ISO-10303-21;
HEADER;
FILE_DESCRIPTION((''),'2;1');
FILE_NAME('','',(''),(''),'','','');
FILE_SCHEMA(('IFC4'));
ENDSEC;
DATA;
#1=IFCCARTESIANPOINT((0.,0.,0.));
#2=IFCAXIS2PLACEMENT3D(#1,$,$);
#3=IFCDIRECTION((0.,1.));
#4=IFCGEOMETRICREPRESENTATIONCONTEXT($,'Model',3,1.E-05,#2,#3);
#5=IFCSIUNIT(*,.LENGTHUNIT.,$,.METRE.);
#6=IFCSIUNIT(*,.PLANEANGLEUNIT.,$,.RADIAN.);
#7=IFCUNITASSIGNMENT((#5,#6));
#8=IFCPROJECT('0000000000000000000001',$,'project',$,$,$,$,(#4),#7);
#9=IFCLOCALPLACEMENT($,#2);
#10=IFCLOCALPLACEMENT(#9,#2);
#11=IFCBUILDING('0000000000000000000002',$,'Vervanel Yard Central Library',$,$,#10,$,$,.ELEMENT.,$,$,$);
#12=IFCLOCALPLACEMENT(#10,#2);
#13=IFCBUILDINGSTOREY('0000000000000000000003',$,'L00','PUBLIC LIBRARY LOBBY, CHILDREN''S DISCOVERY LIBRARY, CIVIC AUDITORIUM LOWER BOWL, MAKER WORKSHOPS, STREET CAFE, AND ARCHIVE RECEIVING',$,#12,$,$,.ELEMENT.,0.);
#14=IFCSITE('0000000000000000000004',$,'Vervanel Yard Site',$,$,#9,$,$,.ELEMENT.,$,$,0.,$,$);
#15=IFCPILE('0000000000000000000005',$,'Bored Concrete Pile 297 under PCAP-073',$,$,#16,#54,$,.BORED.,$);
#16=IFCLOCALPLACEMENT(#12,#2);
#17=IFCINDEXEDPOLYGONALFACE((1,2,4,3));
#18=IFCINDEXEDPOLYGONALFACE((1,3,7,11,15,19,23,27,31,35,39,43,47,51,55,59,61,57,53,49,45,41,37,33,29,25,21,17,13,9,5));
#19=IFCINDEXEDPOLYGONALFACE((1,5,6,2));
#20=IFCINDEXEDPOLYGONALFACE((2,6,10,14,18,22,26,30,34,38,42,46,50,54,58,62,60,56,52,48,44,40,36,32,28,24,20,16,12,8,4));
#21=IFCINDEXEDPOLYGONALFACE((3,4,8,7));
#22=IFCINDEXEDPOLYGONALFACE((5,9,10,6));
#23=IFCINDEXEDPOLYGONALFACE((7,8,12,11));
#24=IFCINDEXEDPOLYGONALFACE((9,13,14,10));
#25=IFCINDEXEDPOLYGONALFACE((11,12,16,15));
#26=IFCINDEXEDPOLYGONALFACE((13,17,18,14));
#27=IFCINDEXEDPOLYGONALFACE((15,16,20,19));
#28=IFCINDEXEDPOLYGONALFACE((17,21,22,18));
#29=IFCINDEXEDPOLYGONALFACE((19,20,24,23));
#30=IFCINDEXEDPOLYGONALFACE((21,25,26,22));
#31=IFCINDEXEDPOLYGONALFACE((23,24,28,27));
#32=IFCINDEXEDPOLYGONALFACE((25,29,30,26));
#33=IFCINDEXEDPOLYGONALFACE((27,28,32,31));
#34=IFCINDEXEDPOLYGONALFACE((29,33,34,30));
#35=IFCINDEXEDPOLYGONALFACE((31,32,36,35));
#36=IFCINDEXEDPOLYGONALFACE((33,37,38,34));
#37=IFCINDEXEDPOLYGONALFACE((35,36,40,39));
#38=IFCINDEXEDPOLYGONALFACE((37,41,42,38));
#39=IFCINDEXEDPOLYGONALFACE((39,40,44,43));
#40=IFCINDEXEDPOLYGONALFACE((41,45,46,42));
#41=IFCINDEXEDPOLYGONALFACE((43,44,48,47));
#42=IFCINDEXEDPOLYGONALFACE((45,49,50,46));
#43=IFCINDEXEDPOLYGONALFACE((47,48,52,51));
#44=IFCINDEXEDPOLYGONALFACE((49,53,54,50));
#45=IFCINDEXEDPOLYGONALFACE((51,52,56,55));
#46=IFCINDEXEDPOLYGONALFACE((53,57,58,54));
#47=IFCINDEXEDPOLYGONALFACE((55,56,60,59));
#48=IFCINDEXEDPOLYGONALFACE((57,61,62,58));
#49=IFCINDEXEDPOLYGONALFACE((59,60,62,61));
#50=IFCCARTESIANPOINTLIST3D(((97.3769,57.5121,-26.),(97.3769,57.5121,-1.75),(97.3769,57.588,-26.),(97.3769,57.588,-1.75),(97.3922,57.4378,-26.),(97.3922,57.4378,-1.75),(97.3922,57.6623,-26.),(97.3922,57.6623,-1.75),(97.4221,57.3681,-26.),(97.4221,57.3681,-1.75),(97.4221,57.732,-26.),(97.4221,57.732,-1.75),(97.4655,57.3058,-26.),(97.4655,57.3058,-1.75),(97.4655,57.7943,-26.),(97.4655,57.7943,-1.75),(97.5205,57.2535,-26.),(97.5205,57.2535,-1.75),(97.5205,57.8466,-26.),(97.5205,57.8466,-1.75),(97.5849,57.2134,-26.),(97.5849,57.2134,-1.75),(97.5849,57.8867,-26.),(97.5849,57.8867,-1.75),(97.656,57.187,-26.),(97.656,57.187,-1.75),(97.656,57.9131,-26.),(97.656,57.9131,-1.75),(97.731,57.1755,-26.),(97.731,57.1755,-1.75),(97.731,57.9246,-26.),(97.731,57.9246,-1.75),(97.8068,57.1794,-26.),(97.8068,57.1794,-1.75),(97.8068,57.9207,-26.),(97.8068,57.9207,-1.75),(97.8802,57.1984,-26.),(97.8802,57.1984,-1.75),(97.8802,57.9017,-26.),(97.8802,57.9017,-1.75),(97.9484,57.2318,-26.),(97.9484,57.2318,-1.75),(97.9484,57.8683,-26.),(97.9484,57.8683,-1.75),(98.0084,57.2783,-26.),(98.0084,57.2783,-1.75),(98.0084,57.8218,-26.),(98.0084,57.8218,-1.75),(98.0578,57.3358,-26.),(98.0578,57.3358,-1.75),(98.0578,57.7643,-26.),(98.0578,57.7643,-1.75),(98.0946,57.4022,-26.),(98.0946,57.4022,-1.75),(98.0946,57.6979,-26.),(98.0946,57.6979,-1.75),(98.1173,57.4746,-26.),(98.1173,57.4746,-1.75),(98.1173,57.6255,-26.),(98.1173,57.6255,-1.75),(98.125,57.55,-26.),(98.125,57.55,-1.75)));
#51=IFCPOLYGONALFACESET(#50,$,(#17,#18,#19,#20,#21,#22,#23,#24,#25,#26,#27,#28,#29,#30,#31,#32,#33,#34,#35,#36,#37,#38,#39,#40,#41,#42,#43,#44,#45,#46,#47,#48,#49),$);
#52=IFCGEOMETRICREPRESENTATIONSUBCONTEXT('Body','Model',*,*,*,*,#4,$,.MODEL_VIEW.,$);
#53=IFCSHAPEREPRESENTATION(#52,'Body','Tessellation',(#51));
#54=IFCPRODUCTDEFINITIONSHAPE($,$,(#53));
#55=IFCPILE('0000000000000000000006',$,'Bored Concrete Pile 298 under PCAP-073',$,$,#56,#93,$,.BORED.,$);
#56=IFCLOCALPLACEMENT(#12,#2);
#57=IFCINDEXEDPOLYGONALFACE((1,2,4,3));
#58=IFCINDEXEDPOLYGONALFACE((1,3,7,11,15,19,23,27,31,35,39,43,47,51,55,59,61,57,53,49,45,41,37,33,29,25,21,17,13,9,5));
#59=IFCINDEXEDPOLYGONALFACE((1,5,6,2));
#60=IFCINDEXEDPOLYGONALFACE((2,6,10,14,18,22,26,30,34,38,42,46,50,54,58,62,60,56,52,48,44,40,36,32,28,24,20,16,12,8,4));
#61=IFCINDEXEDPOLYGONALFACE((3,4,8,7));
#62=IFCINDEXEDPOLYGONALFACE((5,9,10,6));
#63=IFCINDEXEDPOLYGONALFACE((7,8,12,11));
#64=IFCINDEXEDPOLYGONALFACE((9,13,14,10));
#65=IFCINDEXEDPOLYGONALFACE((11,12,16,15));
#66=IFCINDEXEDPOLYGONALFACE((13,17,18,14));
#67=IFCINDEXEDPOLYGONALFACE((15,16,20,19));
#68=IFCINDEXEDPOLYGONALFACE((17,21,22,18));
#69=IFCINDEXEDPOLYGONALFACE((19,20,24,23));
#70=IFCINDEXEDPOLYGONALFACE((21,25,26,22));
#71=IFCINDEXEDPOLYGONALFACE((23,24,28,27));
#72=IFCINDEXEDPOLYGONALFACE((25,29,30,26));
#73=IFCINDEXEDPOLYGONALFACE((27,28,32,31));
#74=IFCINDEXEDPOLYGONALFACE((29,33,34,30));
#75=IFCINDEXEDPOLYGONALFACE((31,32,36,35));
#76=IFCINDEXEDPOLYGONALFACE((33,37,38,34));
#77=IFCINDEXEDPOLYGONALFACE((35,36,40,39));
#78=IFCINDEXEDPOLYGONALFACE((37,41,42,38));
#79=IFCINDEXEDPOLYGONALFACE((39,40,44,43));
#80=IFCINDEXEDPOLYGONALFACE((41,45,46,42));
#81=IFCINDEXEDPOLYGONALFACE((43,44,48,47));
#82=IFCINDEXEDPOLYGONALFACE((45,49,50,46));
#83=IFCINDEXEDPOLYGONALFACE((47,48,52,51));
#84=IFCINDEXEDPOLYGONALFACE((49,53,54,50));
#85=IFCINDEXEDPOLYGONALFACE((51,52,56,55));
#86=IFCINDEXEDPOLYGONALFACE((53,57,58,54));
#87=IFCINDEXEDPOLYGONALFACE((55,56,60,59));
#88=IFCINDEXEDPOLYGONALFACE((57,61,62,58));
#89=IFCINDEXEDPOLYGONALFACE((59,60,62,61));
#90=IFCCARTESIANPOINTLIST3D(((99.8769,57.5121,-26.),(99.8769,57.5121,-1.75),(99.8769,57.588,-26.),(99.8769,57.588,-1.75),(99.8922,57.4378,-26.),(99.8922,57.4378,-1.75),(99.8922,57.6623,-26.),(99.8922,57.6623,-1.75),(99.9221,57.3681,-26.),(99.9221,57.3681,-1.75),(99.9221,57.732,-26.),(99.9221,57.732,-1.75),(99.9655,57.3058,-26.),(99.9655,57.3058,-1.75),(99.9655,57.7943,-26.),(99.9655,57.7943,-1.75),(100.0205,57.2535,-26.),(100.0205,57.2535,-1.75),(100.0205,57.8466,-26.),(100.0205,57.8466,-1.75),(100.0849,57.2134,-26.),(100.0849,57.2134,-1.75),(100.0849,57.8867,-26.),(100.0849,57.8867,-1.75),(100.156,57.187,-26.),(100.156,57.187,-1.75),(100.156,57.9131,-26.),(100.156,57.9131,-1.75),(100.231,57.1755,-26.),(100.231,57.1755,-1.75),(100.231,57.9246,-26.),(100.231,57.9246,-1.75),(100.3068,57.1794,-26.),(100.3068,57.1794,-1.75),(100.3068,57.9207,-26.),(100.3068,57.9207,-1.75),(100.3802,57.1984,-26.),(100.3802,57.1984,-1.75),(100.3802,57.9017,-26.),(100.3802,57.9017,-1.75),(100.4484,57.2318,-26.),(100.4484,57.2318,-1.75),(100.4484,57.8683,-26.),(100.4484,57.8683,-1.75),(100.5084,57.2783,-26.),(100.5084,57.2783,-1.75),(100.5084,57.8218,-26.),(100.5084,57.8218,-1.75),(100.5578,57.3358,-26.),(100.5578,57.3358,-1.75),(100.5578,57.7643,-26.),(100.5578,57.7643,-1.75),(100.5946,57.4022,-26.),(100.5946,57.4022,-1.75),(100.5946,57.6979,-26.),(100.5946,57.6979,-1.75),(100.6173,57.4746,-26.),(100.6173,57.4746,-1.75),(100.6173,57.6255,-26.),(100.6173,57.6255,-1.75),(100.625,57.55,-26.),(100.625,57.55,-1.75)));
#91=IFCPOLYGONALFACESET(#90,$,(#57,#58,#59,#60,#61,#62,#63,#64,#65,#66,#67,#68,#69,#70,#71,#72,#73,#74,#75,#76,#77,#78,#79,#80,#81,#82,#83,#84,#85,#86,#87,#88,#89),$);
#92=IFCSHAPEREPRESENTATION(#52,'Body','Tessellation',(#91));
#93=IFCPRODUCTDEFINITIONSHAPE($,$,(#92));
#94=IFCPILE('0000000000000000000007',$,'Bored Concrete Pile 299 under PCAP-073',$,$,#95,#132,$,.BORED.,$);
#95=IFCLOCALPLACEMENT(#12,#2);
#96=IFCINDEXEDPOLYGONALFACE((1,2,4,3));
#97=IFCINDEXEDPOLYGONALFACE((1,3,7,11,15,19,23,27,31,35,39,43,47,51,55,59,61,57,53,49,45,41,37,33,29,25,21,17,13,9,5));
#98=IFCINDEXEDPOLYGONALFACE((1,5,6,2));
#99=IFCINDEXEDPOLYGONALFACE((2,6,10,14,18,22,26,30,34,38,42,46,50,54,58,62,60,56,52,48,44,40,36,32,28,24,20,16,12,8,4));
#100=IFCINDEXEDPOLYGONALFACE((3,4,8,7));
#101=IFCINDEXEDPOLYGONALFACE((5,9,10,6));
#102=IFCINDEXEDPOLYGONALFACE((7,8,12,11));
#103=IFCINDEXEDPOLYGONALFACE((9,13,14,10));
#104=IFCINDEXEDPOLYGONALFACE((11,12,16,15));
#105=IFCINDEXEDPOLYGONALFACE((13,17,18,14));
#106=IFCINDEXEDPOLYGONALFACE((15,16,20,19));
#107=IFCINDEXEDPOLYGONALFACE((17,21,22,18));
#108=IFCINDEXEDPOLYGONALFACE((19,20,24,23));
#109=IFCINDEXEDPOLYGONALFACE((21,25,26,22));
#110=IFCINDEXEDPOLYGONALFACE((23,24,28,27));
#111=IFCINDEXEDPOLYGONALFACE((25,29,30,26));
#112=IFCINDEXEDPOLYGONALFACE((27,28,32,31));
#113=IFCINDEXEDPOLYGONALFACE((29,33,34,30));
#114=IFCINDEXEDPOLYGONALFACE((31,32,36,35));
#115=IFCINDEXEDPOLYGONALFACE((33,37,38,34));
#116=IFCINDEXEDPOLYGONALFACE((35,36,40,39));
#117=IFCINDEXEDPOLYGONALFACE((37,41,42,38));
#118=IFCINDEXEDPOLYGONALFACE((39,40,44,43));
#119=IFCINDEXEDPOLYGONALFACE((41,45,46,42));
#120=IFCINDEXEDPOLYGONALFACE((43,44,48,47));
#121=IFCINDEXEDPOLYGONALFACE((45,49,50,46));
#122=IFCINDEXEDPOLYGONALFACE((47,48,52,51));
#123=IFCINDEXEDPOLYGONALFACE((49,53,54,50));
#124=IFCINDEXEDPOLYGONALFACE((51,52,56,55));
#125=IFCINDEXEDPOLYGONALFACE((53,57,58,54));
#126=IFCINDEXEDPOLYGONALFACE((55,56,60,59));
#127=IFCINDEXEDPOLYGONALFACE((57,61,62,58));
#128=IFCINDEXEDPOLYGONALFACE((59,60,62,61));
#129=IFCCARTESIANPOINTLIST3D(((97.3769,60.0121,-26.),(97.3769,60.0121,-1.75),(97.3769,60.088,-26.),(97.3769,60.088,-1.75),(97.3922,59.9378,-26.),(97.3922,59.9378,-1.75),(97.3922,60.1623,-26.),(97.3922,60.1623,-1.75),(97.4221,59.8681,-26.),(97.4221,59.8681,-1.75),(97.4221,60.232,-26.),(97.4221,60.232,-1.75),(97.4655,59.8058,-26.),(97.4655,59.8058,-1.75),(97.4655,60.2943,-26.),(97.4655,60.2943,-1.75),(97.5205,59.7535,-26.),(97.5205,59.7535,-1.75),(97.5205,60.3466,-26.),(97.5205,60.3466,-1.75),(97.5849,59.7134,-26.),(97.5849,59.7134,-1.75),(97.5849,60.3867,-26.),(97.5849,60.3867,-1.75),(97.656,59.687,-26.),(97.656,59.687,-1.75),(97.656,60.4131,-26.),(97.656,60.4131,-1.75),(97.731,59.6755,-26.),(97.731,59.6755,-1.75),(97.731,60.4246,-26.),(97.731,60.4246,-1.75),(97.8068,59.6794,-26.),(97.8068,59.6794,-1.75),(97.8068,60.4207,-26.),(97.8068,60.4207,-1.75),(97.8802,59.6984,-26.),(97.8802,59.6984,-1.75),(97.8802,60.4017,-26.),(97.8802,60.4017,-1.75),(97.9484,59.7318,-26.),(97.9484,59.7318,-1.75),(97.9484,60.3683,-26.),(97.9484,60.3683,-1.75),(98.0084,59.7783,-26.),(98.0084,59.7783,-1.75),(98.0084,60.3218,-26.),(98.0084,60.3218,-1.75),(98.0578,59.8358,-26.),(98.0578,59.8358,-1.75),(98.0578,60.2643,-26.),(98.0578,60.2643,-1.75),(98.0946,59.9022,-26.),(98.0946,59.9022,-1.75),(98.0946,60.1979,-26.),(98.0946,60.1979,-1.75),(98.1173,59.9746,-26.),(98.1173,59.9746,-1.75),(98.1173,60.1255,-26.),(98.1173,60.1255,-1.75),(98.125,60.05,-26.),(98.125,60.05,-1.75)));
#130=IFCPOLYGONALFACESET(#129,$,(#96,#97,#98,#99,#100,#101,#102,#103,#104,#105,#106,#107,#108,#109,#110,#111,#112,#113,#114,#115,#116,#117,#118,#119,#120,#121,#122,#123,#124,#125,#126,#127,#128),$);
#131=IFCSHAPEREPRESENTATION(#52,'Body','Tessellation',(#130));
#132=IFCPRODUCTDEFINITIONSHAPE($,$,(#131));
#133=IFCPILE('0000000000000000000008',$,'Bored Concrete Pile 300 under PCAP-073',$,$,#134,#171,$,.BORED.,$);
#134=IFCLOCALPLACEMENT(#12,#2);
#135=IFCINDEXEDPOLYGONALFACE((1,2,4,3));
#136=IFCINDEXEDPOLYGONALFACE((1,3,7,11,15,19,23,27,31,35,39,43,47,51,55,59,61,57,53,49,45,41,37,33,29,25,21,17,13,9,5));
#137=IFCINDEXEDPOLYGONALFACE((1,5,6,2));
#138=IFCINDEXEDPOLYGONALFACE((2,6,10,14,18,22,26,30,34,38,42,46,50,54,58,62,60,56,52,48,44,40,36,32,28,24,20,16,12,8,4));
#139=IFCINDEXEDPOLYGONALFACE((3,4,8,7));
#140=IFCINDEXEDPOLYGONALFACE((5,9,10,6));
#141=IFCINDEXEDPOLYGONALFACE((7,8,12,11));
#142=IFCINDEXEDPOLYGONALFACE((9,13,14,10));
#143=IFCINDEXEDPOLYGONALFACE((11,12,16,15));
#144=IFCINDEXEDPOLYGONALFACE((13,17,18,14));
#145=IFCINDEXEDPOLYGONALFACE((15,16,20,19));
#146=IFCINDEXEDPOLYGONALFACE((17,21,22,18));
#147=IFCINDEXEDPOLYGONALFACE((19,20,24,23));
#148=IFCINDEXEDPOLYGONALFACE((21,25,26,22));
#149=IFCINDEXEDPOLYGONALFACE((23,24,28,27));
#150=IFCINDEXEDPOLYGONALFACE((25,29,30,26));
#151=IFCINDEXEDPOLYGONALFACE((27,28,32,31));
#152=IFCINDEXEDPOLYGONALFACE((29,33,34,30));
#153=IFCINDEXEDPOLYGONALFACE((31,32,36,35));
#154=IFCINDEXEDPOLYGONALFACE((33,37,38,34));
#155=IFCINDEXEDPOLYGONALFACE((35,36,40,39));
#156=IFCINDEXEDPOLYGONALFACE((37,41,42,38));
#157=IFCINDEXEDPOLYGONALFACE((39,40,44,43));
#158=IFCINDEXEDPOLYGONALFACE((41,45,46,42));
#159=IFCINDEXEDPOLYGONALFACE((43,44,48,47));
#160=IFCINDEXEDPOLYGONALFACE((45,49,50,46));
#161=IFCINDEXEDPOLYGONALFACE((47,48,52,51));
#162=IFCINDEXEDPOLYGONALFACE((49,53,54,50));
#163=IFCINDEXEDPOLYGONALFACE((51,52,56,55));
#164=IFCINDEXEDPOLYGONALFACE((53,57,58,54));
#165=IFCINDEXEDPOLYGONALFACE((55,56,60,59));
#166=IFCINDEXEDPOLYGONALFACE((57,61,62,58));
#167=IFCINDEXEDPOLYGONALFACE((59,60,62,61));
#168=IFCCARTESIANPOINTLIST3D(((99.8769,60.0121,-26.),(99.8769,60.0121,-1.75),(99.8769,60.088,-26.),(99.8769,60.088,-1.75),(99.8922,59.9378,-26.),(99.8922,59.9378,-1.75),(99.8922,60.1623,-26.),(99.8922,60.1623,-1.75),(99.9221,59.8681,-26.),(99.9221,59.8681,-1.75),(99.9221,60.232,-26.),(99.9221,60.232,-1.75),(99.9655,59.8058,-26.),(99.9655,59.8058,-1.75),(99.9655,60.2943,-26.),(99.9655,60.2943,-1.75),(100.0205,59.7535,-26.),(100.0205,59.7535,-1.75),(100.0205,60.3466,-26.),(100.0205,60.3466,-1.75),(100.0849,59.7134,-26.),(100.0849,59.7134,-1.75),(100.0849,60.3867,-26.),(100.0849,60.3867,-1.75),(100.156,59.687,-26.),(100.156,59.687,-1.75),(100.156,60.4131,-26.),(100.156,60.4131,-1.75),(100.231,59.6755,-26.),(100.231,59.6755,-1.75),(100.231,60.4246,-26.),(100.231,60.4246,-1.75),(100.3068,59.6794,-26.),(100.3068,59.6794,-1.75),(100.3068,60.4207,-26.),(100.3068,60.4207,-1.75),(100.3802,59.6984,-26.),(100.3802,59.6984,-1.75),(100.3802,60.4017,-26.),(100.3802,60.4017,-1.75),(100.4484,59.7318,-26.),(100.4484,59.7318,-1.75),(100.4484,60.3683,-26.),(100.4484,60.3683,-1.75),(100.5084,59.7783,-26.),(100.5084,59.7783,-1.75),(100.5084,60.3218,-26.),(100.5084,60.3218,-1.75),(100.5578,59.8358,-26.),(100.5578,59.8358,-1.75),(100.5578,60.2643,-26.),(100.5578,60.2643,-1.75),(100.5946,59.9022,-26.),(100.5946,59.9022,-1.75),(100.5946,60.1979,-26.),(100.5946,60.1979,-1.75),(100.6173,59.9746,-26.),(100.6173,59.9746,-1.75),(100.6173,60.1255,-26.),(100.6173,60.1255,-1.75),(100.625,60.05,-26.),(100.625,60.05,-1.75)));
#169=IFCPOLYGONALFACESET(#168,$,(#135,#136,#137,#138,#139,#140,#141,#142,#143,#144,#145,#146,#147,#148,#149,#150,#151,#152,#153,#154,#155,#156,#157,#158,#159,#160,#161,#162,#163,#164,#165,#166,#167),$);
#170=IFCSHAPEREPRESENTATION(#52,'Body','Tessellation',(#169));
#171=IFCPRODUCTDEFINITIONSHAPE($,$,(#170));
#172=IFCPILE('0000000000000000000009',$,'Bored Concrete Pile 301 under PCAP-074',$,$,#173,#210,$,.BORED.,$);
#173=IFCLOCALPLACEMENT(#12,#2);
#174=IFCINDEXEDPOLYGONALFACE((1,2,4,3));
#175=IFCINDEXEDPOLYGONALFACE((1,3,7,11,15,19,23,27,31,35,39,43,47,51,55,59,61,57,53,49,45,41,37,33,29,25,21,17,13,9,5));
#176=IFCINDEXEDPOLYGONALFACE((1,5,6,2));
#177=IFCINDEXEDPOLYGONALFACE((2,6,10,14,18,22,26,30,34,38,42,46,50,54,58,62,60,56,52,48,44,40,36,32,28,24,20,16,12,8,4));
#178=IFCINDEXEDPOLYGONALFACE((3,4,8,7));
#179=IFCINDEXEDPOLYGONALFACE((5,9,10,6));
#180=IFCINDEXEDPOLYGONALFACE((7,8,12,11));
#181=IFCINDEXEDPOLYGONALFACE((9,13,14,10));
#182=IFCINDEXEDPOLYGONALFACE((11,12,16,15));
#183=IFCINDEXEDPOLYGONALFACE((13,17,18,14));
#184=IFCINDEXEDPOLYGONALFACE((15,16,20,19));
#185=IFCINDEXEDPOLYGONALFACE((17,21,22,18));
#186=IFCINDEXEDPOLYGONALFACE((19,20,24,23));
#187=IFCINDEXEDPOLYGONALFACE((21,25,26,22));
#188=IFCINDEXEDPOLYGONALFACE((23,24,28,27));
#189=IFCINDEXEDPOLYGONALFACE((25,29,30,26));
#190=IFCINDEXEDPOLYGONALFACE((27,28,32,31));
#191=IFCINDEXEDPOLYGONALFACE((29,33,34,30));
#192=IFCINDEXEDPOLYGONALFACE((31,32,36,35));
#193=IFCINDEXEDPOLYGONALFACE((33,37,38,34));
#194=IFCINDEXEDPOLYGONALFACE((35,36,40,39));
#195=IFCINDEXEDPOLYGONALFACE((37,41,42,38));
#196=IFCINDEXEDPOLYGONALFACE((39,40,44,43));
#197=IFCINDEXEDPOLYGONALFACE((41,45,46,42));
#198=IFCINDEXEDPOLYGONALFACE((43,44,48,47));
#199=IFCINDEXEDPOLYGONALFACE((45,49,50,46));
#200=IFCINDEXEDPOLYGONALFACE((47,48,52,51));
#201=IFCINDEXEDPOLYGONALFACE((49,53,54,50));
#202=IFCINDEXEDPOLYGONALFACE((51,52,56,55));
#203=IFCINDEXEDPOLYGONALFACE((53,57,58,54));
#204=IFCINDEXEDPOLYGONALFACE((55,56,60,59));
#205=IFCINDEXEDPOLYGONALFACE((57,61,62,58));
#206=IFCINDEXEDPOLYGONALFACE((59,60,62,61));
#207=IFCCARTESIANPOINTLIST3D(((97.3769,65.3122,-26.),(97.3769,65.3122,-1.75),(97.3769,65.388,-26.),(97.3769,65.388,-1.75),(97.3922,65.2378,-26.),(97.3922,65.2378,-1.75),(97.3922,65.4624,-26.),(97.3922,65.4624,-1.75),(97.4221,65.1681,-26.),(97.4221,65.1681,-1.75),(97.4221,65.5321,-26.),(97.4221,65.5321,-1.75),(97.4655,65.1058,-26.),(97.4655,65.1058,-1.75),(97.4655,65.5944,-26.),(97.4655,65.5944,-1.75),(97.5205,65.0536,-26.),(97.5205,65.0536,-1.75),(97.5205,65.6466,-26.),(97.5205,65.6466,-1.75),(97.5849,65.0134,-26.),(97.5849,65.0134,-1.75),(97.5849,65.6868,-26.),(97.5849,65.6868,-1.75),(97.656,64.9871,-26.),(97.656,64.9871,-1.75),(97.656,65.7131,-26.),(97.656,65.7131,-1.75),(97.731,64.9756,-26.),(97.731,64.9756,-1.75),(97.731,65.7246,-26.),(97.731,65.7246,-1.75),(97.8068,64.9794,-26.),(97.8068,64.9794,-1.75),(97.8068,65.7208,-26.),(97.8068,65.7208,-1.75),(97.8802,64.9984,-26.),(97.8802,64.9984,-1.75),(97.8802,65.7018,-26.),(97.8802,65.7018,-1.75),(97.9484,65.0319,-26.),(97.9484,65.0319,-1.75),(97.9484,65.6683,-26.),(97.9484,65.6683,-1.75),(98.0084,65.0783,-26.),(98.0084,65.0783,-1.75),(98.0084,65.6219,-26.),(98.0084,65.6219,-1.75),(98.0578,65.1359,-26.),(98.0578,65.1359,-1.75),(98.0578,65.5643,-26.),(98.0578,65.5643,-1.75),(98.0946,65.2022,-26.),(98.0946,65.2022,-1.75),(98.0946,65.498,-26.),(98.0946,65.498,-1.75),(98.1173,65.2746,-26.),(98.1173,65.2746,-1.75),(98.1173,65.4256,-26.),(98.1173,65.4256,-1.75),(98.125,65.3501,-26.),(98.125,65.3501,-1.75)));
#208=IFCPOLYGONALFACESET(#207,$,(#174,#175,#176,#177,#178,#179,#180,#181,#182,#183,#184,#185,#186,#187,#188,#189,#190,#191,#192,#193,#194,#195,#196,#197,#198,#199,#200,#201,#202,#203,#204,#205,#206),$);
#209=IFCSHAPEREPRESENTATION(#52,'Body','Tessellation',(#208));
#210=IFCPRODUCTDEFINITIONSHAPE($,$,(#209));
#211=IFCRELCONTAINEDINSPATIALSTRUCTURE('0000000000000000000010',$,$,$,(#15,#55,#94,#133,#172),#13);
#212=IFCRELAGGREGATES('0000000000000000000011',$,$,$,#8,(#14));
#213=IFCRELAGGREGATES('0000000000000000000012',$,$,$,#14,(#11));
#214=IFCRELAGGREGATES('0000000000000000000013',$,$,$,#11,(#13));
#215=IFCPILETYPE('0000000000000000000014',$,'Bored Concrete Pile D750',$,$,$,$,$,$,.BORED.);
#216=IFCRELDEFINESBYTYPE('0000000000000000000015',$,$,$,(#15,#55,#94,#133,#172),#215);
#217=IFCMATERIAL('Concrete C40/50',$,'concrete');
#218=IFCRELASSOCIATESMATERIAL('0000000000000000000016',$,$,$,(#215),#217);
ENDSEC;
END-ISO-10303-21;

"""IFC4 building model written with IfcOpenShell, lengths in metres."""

from ifc_helpers import new_model, si_unit, direction, frame, origin, origin_2d, place, context, subcontext, project, spatial, circle, extrude, material, material_profile, profile_set, type_object, element, save


model = new_model("IFC4")

# Units and contexts
model_context = context("Model", 3, precision=1e-05, world=origin(), true_north=direction((0.0, 1.0)))
body_context = subcontext(model_context, "Body", "Model", "MODEL_VIEW")
ifc_project = project(units=[si_unit("LENGTHUNIT", "METRE"), si_unit("PLANEANGLEUNIT", "RADIAN")], contexts=[model_context])

# Site, building, storey
site_placement = place(None, origin())
site = spatial("IfcSite", under=ifc_project, at=site_placement, Name="Vervanel Yard Site", CompositionType="ELEMENT", RefElevation=0.0)
building_placement = place(site_placement, origin())
building = spatial("IfcBuilding", under=site, at=building_placement, Name="Vervanel Yard Central Library", CompositionType="ELEMENT")
storey_placement = place(building_placement, origin())
storey = spatial("IfcBuildingStorey", under=building, at=storey_placement, Name="L00", Description="PUBLIC LIBRARY LOBBY, CHILDREN'S DISCOVERY LIBRARY, CIVIC AUDITORIUM LOWER BOWL, MAKER WORKSHOPS, STREET CAFE, AND ARCHIVE RECEIVING", CompositionType="ELEMENT", Elevation=0.0)

# Piles
ifc_material_1 = material(Name="Concrete C40/50", Category="concrete")
ifc_material_profile_1 = material_profile(ifc_material_1, circle(Radius=0.375, at=origin_2d()), Name="BP D750", Category="concrete")
ifc_profile_set_1 = profile_set([ifc_material_profile_1], Name="Concrete C40/50")
pile_type_1 = type_object("IfcPileType", Name="Bored Concrete Pile D750", PredefinedType="BORED", material=ifc_profile_set_1)
for number, where, z_axis, x_axis, name in (
    (1, (97.75, 57.55, -1.75), (0.0, 0.0, -1.0), (1.0, 0.0, 0.0), "Bored Concrete Pile 297 under PCAP-073"),
    (2, (100.25, 57.55, -1.75), (0.0, 0.0, -1.0), (1.0, 0.0, 0.0), "Bored Concrete Pile 298 under PCAP-073"),
    (3, (97.75, 60.05, -1.75), (0.0, 0.0, -1.0), (1.0, 0.0, 0.0), "Bored Concrete Pile 299 under PCAP-073"),
    (4, (100.25, 60.05, -1.75), (0.0, 0.0, -1.0), (1.0, 0.0, 0.0), "Bored Concrete Pile 300 under PCAP-073"),
    (5, (97.75, 65.3501, -1.75), (0.0, 0.0, -1.0), (1.0, 0.0, 0.0), "Bored Concrete Pile 301 under PCAP-074"),
):
    element("IfcPile", number, at=place(storey_placement, frame(where, z_axis=z_axis, x_axis=x_axis)), inside=storey, type_object=pile_type_1, Name=name, PredefinedType="BORED", context=body_context, shape_type="SweptSolid", body=[
        extrude(circle(Radius=0.375, at=origin_2d()), origin(), (0.0, 0.0, 1.0), 24.25),
    ])

save(model, "model.ifc")
